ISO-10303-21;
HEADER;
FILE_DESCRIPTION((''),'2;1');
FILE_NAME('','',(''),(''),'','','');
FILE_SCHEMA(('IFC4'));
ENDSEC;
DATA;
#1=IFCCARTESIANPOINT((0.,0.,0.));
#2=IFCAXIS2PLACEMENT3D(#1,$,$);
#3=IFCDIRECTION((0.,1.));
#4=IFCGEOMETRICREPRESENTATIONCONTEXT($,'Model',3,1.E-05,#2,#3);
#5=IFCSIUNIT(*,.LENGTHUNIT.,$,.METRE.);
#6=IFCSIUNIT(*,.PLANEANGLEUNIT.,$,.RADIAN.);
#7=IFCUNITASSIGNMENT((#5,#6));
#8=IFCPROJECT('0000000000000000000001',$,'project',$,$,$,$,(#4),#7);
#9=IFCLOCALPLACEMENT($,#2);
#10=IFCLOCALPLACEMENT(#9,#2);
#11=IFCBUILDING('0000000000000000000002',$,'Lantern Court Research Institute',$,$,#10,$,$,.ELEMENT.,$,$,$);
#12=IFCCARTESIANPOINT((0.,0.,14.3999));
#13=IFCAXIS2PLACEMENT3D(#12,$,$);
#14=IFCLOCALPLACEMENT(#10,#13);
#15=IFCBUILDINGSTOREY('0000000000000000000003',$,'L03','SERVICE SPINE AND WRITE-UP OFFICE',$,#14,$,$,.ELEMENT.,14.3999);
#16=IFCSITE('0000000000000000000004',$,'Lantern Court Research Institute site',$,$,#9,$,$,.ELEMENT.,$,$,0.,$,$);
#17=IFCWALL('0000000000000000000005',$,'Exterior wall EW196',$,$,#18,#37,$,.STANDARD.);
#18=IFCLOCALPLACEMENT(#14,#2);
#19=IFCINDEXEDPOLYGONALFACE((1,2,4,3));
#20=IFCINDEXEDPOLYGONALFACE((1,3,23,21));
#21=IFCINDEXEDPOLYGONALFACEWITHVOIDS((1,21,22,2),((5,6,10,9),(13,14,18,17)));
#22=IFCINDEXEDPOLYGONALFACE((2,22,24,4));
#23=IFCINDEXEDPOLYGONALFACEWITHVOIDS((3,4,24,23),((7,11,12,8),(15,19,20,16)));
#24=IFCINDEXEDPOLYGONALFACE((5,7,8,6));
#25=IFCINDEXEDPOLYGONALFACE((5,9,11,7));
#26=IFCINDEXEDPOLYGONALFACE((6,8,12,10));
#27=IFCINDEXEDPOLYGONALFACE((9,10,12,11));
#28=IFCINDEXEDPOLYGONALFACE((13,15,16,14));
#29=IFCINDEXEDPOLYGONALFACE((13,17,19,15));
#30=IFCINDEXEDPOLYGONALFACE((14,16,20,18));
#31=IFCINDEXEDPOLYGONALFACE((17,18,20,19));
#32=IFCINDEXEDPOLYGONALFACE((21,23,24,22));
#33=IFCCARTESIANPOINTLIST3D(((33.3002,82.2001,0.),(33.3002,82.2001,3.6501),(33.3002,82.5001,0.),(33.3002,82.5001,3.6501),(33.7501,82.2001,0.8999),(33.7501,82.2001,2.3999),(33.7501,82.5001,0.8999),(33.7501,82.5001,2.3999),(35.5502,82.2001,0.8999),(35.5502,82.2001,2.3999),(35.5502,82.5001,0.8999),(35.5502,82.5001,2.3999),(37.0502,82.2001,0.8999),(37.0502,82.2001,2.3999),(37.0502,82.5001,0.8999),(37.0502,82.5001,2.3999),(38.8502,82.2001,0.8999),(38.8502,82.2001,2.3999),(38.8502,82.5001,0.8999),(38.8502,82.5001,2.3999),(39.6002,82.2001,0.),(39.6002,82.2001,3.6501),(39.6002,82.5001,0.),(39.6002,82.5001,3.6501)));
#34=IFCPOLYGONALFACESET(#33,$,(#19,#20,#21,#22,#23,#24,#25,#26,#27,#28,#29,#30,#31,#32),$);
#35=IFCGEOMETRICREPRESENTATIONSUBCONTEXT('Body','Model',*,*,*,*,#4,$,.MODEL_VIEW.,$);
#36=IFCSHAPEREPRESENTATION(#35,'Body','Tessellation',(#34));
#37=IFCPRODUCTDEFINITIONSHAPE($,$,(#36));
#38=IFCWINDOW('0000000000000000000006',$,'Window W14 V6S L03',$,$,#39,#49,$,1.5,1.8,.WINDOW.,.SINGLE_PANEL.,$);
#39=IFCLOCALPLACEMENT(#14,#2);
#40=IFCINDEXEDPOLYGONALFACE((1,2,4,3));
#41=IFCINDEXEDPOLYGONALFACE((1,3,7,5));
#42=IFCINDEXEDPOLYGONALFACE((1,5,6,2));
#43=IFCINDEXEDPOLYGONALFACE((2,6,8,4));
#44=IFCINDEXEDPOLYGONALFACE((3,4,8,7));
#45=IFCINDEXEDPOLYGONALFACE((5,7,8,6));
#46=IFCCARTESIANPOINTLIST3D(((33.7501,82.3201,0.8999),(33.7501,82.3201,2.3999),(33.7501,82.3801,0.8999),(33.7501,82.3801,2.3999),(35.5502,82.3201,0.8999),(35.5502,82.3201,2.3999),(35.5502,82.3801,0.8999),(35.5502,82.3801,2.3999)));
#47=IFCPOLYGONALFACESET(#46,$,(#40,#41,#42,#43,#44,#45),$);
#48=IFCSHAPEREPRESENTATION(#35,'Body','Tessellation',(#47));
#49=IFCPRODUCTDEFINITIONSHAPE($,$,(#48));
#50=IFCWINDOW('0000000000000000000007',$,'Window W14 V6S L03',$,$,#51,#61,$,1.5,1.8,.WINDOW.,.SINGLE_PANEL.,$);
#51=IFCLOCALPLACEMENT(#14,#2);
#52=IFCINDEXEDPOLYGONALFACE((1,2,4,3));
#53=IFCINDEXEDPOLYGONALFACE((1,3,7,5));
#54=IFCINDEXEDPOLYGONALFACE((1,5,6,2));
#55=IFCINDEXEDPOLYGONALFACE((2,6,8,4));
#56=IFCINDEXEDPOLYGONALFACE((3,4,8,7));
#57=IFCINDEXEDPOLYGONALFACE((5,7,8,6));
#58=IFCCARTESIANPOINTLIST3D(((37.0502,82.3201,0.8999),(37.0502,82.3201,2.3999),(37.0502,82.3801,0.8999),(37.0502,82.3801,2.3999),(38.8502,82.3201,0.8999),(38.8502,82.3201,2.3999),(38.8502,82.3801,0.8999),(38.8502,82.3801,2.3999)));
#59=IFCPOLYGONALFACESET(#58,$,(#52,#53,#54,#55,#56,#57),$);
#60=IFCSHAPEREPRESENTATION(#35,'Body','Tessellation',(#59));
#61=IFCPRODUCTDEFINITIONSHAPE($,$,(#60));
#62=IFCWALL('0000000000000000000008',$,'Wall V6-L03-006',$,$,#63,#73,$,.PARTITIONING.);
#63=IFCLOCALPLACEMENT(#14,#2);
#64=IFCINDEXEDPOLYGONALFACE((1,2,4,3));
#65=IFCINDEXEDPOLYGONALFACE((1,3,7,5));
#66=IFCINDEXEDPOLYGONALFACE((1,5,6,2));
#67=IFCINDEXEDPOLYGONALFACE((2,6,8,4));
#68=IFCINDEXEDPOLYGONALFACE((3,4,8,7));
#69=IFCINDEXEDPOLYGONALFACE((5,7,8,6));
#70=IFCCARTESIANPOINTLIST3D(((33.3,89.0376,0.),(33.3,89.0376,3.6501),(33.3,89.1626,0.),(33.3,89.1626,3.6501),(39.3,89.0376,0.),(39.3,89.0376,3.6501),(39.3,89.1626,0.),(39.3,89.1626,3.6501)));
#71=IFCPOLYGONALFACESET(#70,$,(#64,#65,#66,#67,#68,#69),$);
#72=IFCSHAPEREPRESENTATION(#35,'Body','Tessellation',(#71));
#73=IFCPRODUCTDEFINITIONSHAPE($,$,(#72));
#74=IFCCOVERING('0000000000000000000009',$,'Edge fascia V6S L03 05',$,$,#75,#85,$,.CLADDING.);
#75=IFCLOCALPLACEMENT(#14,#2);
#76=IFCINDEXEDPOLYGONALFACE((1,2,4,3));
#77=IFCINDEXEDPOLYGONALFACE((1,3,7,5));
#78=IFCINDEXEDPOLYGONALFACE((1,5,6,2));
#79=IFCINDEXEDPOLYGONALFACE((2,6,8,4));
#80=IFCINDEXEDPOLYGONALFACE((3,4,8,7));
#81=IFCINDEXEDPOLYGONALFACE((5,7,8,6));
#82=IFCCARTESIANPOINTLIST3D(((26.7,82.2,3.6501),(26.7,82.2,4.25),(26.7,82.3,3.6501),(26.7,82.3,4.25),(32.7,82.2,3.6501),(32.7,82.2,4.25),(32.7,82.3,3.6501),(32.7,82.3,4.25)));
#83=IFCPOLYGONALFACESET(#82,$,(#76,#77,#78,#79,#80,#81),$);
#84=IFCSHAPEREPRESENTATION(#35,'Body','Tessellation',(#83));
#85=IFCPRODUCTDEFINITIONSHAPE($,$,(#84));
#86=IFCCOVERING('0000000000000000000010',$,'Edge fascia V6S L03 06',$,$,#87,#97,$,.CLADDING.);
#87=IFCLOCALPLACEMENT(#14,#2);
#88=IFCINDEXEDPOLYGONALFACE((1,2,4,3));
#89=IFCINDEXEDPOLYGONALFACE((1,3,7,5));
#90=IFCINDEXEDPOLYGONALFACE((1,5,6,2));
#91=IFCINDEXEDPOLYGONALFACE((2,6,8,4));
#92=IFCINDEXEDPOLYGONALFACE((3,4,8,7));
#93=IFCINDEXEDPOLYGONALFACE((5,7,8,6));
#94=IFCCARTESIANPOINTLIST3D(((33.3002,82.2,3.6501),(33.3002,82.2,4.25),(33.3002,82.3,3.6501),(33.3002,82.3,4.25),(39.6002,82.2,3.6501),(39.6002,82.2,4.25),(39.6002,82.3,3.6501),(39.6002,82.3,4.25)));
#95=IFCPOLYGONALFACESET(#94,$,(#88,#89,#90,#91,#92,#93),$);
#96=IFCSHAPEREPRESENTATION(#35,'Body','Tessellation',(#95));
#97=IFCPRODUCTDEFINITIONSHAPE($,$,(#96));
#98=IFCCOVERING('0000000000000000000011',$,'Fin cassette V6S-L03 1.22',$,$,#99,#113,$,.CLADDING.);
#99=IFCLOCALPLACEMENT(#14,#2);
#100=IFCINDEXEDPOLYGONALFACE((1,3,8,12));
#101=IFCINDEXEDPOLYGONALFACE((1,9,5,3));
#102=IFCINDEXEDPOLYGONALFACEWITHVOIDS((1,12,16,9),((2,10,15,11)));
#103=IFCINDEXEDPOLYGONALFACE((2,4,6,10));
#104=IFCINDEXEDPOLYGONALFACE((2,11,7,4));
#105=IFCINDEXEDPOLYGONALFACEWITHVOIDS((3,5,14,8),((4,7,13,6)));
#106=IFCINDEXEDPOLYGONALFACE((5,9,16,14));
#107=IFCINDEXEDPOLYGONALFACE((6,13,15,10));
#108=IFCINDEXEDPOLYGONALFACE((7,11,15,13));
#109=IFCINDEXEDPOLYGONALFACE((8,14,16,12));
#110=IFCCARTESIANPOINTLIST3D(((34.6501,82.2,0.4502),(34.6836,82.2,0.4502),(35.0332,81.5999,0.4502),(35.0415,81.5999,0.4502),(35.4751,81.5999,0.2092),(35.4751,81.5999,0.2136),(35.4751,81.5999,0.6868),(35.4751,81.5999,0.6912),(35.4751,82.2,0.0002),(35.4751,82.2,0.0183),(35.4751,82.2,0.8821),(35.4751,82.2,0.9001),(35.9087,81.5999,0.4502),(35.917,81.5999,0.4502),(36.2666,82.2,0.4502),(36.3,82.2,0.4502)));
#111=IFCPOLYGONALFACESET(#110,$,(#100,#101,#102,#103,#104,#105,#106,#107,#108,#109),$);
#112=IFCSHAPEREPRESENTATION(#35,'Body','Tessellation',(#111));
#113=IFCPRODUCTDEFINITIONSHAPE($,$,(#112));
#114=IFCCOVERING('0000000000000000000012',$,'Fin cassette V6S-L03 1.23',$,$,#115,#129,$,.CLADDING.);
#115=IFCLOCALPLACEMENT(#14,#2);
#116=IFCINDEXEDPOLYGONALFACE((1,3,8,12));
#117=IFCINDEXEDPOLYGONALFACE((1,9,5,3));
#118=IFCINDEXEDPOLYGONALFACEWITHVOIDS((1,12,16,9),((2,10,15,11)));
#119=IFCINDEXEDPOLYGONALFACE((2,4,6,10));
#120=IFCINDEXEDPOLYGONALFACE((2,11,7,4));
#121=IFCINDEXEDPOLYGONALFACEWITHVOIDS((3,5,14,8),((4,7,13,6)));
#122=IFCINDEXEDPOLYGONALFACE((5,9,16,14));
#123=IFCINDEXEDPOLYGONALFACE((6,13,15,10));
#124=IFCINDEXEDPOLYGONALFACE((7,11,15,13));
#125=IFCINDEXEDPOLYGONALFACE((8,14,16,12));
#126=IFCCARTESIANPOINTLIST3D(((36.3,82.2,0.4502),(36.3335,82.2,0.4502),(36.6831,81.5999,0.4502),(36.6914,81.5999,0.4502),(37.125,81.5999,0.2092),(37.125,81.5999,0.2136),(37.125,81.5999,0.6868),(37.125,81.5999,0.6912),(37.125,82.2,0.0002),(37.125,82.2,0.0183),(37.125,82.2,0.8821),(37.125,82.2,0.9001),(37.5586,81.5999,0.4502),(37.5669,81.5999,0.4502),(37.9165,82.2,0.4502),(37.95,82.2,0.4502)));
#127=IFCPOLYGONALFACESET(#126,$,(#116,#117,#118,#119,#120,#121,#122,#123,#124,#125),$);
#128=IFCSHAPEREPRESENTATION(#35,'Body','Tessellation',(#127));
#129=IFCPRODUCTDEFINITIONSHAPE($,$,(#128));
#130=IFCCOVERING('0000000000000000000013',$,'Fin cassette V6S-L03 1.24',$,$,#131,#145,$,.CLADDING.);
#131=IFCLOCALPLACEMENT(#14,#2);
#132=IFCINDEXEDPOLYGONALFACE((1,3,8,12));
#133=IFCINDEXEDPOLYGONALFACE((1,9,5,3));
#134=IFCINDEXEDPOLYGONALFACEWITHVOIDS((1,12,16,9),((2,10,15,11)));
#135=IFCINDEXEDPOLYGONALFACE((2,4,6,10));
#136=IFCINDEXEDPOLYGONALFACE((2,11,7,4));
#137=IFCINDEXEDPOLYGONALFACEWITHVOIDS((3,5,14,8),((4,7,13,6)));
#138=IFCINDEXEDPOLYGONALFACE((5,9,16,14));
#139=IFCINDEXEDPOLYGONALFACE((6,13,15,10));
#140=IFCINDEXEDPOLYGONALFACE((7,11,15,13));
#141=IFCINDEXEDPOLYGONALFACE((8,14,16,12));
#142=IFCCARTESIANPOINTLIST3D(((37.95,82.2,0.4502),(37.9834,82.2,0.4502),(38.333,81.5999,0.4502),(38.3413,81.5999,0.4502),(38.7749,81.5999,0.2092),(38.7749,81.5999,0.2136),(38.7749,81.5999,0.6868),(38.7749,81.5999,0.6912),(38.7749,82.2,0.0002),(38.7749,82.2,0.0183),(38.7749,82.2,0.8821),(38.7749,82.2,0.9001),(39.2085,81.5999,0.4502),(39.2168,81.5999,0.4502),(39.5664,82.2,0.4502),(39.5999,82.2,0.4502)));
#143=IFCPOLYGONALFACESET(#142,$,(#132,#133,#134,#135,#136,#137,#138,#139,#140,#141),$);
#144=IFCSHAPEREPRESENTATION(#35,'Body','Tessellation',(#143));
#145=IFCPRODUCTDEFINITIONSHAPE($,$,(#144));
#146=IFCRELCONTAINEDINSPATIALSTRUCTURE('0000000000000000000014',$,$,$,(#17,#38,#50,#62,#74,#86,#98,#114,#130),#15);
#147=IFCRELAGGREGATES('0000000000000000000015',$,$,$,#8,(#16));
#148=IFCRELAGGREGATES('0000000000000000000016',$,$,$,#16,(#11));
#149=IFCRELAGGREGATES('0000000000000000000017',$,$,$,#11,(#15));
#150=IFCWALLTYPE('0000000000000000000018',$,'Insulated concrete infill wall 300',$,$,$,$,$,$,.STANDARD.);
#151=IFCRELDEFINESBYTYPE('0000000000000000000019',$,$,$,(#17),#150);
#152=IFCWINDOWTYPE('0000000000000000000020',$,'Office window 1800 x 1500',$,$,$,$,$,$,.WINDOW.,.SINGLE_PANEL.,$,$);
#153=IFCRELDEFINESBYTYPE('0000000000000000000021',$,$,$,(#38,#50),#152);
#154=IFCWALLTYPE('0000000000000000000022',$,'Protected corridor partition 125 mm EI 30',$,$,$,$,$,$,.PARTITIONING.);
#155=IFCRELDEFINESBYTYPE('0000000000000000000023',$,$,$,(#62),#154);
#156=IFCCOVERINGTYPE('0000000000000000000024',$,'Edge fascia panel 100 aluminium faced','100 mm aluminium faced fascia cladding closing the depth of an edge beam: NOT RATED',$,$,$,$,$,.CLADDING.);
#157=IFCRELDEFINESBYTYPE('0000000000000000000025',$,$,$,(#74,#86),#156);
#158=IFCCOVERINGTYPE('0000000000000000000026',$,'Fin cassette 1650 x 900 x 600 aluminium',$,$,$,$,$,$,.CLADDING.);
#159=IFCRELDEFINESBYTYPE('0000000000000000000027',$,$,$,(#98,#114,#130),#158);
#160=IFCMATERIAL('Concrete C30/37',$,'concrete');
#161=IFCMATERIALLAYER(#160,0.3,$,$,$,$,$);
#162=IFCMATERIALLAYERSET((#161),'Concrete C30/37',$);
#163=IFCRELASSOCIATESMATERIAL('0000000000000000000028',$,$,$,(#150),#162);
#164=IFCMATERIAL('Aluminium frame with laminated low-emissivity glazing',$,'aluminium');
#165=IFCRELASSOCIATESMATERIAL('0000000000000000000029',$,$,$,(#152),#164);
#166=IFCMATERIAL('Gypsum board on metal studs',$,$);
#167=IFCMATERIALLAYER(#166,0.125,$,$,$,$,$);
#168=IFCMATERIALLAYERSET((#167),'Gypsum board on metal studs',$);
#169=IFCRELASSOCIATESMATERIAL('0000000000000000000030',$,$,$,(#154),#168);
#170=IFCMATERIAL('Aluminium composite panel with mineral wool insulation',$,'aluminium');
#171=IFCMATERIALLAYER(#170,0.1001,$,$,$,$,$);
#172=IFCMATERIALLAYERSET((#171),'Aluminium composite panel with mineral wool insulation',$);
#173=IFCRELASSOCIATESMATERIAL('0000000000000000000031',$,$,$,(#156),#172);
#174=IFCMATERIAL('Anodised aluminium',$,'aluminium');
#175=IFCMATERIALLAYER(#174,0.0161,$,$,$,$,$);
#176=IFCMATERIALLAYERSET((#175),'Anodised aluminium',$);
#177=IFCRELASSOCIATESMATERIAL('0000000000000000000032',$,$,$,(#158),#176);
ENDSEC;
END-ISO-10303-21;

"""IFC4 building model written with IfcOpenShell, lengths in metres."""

from ifc_helpers import new_model, entity, si_unit, direction, frame, frame_2d, origin, place, context, subcontext, project, spatial, rectangle, extrude, material, layer, layer_set, type_object, element, fill, save


model = new_model("IFC4")

# Units and contexts
model_context = context("Model", 3, precision=1e-05, world=origin(), true_north=direction((0.0, 1.0)))
body_context = subcontext(model_context, "Body", "Model", "MODEL_VIEW")
ifc_project = project(units=[si_unit("LENGTHUNIT", "METRE"), si_unit("PLANEANGLEUNIT", "RADIAN")], contexts=[model_context])

# Site, building, storey
site_placement = place(None, origin())
site = spatial("IfcSite", under=ifc_project, at=site_placement, Name="Lantern Court Research Institute site", CompositionType="ELEMENT", RefElevation=0.0)
building_placement = place(site_placement, origin())
building = spatial("IfcBuilding", under=site, at=building_placement, Name="Lantern Court Research Institute", CompositionType="ELEMENT")
storey_placement = place(building_placement, frame((0.0, 0.0, 14.3999)))
storey = spatial("IfcBuildingStorey", under=building, at=storey_placement, Name="L03", Description="SERVICE SPINE AND WRITE-UP OFFICE", CompositionType="ELEMENT", Elevation=14.3999)

# Wall, openings, windows
ifc_material_1 = material(Name="Concrete C30/37", Category="concrete")
ifc_layer_1 = layer(ifc_material_1, 0.3)
ifc_layer_set_1 = layer_set([ifc_layer_1], Name="Concrete C30/37")
wall_type_1 = type_object("IfcWallType", Name="Insulated concrete infill wall 300", PredefinedType="STANDARD", material=ifc_layer_set_1)
ifc_material_2 = material(Name="Aluminium frame with laminated low-emissivity glazing", Category="aluminium")
window_type = type_object("IfcWindowType", Name="Office window 1800 x 1500", PartitioningType="SINGLE_PANEL", PredefinedType="WINDOW", material=ifc_material_2)
wall_1_placement = place(storey_placement, frame((39.6001, 82.3501, 0.0), z_axis=(0.0, 0.0, 1.0), x_axis=(-1.0, 0.0, 0.0)))
wall_1 = element("IfcWall", 1, at=wall_1_placement, inside=storey, type_object=wall_type_1, Name="Exterior wall EW196", PredefinedType="STANDARD", context=body_context, shape_type="SweptSolid", body=[
    extrude(rectangle(XDim=6.3, YDim=0.3, at=frame_2d((3.1499, 0.0))), origin(), (0.0, 0.0, 1.0), 3.6501),
])
opening_1_placement = place(wall_1_placement, frame((4.05, 0.0, 0.8999)))
opening_1 = element("IfcOpeningElement", 2, at=opening_1_placement, cuts=wall_1, PredefinedType="OPENING", context=body_context, shape_type="SweptSolid", body=[
    extrude(rectangle(XDim=1.8, YDim=1.5, at=frame_2d((0.8999, 0.75))), frame((0.0, 0.1599, 0.0), z_axis=(0.0, -1.0, 0.0), x_axis=(1.0, 0.0, 0.0)), (0.0, 0.0, 1.0), 0.3201),
])
opening_2_placement = place(wall_1_placement, frame((0.75, 0.0, 0.8999)))
opening_2 = element("IfcOpeningElement", 3, at=opening_2_placement, cuts=wall_1, PredefinedType="OPENING", context=body_context, shape_type="SweptSolid", body=[
    extrude(rectangle(XDim=1.8, YDim=1.5, at=frame_2d((0.8999, 0.75))), frame((0.0, 0.1599, 0.0), z_axis=(0.0, -1.0, 0.0), x_axis=(1.0, 0.0, 0.0)), (0.0, 0.0, 1.0), 0.3201),
])
window_1_placement = place(opening_1_placement, origin())
window_1 = element("IfcWindow", 4, at=window_1_placement, inside=storey, type_object=window_type, Name="Window W14 V6S L03", OverallHeight=1.5, OverallWidth=1.8, PartitioningType="SINGLE_PANEL", PredefinedType="WINDOW", context=body_context, shape_type="SweptSolid", body=[
    extrude(rectangle(XDim=1.8, YDim=1.5, at=frame_2d((0.8999, 0.75))), frame((0.0, 0.03, 0.0), z_axis=(0.0, -1.0, 0.0), x_axis=(1.0, 0.0, 0.0)), (0.0, 0.0, 1.0), 0.0601),
])
fill(opening_1, window_1)
window_2_placement = place(opening_2_placement, origin())
window_2 = element("IfcWindow", 5, at=window_2_placement, inside=storey, type_object=window_type, Name="Window W14 V6S L03", OverallHeight=1.5, OverallWidth=1.8, PartitioningType="SINGLE_PANEL", PredefinedType="WINDOW", context=body_context, shape_type="SweptSolid", body=[
    extrude(rectangle(XDim=1.8, YDim=1.5, at=frame_2d((0.8999, 0.75))), frame((0.0, 0.03, 0.0), z_axis=(0.0, -1.0, 0.0), x_axis=(1.0, 0.0, 0.0)), (0.0, 0.0, 1.0), 0.0601),
])
fill(opening_2, window_2)

# Wall
ifc_material_3 = material(Name="Gypsum board on metal studs")
ifc_layer_2 = layer(ifc_material_3, 0.125)
ifc_layer_set_2 = layer_set([ifc_layer_2], Name="Gypsum board on metal studs")
wall_type_2 = type_object("IfcWallType", Name="Protected corridor partition 125 mm EI 30", PredefinedType="PARTITIONING", material=ifc_layer_set_2)
wall_2_placement = place(storey_placement, frame((33.3, 89.1001, 0.0), z_axis=(0.0, 0.0, 1.0), x_axis=(1.0, 0.0, 0.0)))
element("IfcWall", 6, at=wall_2_placement, inside=storey, type_object=wall_type_2, Name="Wall V6-L03-006", PredefinedType="PARTITIONING", context=body_context, shape_type="SweptSolid", body=[
    extrude(rectangle(XDim=6.0, YDim=0.125, at=frame_2d((3.0, 0.0))), origin(), (0.0, 0.0, 1.0), 3.6501),
])

# Coverings
ifc_material_4 = material(Name="Aluminium composite panel with mineral wool insulation", Category="aluminium")
ifc_layer_3 = layer(ifc_material_4, 0.1001)
ifc_layer_set_3 = layer_set([ifc_layer_3], Name="Aluminium composite panel with mineral wool insulation")
covering_type_1 = type_object("IfcCoveringType", Name="Edge fascia panel 100 aluminium faced", Description="100 mm aluminium faced fascia cladding closing the depth of an edge beam: NOT RATED", PredefinedType="CLADDING", material=ifc_layer_set_3)
covering_1_placement = place(storey_placement, frame((32.7, 82.25, 3.6501), z_axis=(0.0, 0.0, 1.0), x_axis=(-1.0, 0.0, 0.0)))
element("IfcCovering", 7, at=covering_1_placement, inside=storey, type_object=covering_type_1, Name="Edge fascia V6S L03 05", PredefinedType="CLADDING", context=body_context, shape_type="SweptSolid", body=[
    extrude(rectangle(XDim=6.0, YDim=0.1001, at=frame_2d((3.0, 0.0))), origin(), (0.0, 0.0, 1.0), 0.5999),
])
covering_2_placement = place(storey_placement, frame((39.6001, 82.25, 3.6501), z_axis=(0.0, 0.0, 1.0), x_axis=(-1.0, 0.0, 0.0)))
element("IfcCovering", 8, at=covering_2_placement, inside=storey, type_object=covering_type_1, Name="Edge fascia V6S L03 06", PredefinedType="CLADDING", context=body_context, shape_type="SweptSolid", body=[
    extrude(rectangle(XDim=6.3, YDim=0.1001, at=frame_2d((3.1499, 0.0))), origin(), (0.0, 0.0, 1.0), 0.5999),
])
ifc_material_5 = material(Name="Anodised aluminium", Category="aluminium")
ifc_layer_4 = layer(ifc_material_5, 0.0161)
ifc_layer_set_4 = layer_set([ifc_layer_4], Name="Anodised aluminium")
covering_type_2 = type_object("IfcCoveringType", Name="Fin cassette 1650 x 900 x 600 aluminium", PredefinedType="CLADDING", material=ifc_layer_set_4)
covering_3_placement = place(storey_placement, frame((35.4751, 82.2, 0.4502), z_axis=(0.0, -1.0, 0.0), x_axis=(1.0, 0.0, 0.0)))
cartesian_point_1 = entity("IfcCartesianPoint", [0.825, 0.0])
cartesian_point_2 = entity("IfcCartesianPoint", [0.7915, 0.0])
cartesian_point_3 = entity("IfcCartesianPoint", [0.4419, 0.0])
cartesian_point_4 = entity("IfcCartesianPoint", [0.4336, 0.0])
element("IfcCovering", 9, at=covering_3_placement, inside=storey, type_object=covering_type_2, Name="Fin cassette V6S-L03 1.22", PredefinedType="CLADDING", context=body_context, shape_type="SweptSolid", body=[
    entity("IfcExtrudedAreaSolidTapered", entity("IfcArbitraryProfileDefWithVoids", "AREA", None, entity("IfcPolyline", [cartesian_point_1, entity("IfcCartesianPoint", [0.0, 0.45]), entity("IfcCartesianPoint", [-0.825, 0.0]), entity("IfcCartesianPoint", [0.0, -0.45]), cartesian_point_1]), [entity("IfcPolyline", [cartesian_point_2, entity("IfcCartesianPoint", [0.0, 0.4319]), entity("IfcCartesianPoint", [-0.7915, 0.0]), entity("IfcCartesianPoint", [0.0, -0.4319]), cartesian_point_2])]), entity("IfcAxis2Placement3D", entity("IfcCartesianPoint", [0.0, 0.0, 0.0])), entity("IfcDirection", [0.0, 0.0, 1.0]), 0.6001, entity("IfcArbitraryProfileDefWithVoids", "AREA", None, entity("IfcPolyline", [cartesian_point_3, entity("IfcCartesianPoint", [0.0, 0.241]), entity("IfcCartesianPoint", [-0.4419, 0.0]), entity("IfcCartesianPoint", [0.0, -0.241]), cartesian_point_3]), [entity("IfcPolyline", [cartesian_point_4, entity("IfcCartesianPoint", [0.0, 0.2366]), entity("IfcCartesianPoint", [-0.4336, 0.0]), entity("IfcCartesianPoint", [0.0, -0.2366]), cartesian_point_4])])),
])
covering_4_placement = place(storey_placement, frame((37.125, 82.2, 0.4502), z_axis=(0.0, -1.0, 0.0), x_axis=(1.0, 0.0, 0.0)))
cartesian_point_5 = entity("IfcCartesianPoint", [0.825, 0.0])
cartesian_point_6 = entity("IfcCartesianPoint", [0.7915, 0.0])
cartesian_point_7 = entity("IfcCartesianPoint", [0.4419, 0.0])
cartesian_point_8 = entity("IfcCartesianPoint", [0.4336, 0.0])
element("IfcCovering", 10, at=covering_4_placement, inside=storey, type_object=covering_type_2, Name="Fin cassette V6S-L03 1.23", PredefinedType="CLADDING", context=body_context, shape_type="SweptSolid", body=[
    entity("IfcExtrudedAreaSolidTapered", entity("IfcArbitraryProfileDefWithVoids", "AREA", None, entity("IfcPolyline", [cartesian_point_5, entity("IfcCartesianPoint", [0.0, 0.45]), entity("IfcCartesianPoint", [-0.825, 0.0]), entity("IfcCartesianPoint", [0.0, -0.45]), cartesian_point_5]), [entity("IfcPolyline", [cartesian_point_6, entity("IfcCartesianPoint", [0.0, 0.4319]), entity("IfcCartesianPoint", [-0.7915, 0.0]), entity("IfcCartesianPoint", [0.0, -0.4319]), cartesian_point_6])]), entity("IfcAxis2Placement3D", entity("IfcCartesianPoint", [0.0, 0.0, 0.0])), entity("IfcDirection", [0.0, 0.0, 1.0]), 0.6001, entity("IfcArbitraryProfileDefWithVoids", "AREA", None, entity("IfcPolyline", [cartesian_point_7, entity("IfcCartesianPoint", [0.0, 0.241]), entity("IfcCartesianPoint", [-0.4419, 0.0]), entity("IfcCartesianPoint", [0.0, -0.241]), cartesian_point_7]), [entity("IfcPolyline", [cartesian_point_8, entity("IfcCartesianPoint", [0.0, 0.2366]), entity("IfcCartesianPoint", [-0.4336, 0.0]), entity("IfcCartesianPoint", [0.0, -0.2366]), cartesian_point_8])])),
])
covering_5_placement = place(storey_placement, frame((38.7749, 82.2, 0.4502), z_axis=(0.0, -1.0, 0.0), x_axis=(1.0, 0.0, 0.0)))
cartesian_point_9 = entity("IfcCartesianPoint", [0.825, 0.0])
cartesian_point_10 = entity("IfcCartesianPoint", [0.7915, 0.0])
cartesian_point_11 = entity("IfcCartesianPoint", [0.4419, 0.0])
cartesian_point_12 = entity("IfcCartesianPoint", [0.4336, 0.0])
element("IfcCovering", 11, at=covering_5_placement, inside=storey, type_object=covering_type_2, Name="Fin cassette V6S-L03 1.24", PredefinedType="CLADDING", context=body_context, shape_type="SweptSolid", body=[
    entity("IfcExtrudedAreaSolidTapered", entity("IfcArbitraryProfileDefWithVoids", "AREA", None, entity("IfcPolyline", [cartesian_point_9, entity("IfcCartesianPoint", [0.0, 0.45]), entity("IfcCartesianPoint", [-0.825, 0.0]), entity("IfcCartesianPoint", [0.0, -0.45]), cartesian_point_9]), [entity("IfcPolyline", [cartesian_point_10, entity("IfcCartesianPoint", [0.0, 0.4319]), entity("IfcCartesianPoint", [-0.7915, 0.0]), entity("IfcCartesianPoint", [0.0, -0.4319]), cartesian_point_10])]), entity("IfcAxis2Placement3D", entity("IfcCartesianPoint", [0.0, 0.0, 0.0])), entity("IfcDirection", [0.0, 0.0, 1.0]), 0.6001, entity("IfcArbitraryProfileDefWithVoids", "AREA", None, entity("IfcPolyline", [cartesian_point_11, entity("IfcCartesianPoint", [0.0, 0.241]), entity("IfcCartesianPoint", [-0.4419, 0.0]), entity("IfcCartesianPoint", [0.0, -0.241]), cartesian_point_11]), [entity("IfcPolyline", [cartesian_point_12, entity("IfcCartesianPoint", [0.0, 0.2366]), entity("IfcCartesianPoint", [-0.4336, 0.0]), entity("IfcCartesianPoint", [0.0, -0.2366]), cartesian_point_12])])),
])

save(model, "model.ifc")
